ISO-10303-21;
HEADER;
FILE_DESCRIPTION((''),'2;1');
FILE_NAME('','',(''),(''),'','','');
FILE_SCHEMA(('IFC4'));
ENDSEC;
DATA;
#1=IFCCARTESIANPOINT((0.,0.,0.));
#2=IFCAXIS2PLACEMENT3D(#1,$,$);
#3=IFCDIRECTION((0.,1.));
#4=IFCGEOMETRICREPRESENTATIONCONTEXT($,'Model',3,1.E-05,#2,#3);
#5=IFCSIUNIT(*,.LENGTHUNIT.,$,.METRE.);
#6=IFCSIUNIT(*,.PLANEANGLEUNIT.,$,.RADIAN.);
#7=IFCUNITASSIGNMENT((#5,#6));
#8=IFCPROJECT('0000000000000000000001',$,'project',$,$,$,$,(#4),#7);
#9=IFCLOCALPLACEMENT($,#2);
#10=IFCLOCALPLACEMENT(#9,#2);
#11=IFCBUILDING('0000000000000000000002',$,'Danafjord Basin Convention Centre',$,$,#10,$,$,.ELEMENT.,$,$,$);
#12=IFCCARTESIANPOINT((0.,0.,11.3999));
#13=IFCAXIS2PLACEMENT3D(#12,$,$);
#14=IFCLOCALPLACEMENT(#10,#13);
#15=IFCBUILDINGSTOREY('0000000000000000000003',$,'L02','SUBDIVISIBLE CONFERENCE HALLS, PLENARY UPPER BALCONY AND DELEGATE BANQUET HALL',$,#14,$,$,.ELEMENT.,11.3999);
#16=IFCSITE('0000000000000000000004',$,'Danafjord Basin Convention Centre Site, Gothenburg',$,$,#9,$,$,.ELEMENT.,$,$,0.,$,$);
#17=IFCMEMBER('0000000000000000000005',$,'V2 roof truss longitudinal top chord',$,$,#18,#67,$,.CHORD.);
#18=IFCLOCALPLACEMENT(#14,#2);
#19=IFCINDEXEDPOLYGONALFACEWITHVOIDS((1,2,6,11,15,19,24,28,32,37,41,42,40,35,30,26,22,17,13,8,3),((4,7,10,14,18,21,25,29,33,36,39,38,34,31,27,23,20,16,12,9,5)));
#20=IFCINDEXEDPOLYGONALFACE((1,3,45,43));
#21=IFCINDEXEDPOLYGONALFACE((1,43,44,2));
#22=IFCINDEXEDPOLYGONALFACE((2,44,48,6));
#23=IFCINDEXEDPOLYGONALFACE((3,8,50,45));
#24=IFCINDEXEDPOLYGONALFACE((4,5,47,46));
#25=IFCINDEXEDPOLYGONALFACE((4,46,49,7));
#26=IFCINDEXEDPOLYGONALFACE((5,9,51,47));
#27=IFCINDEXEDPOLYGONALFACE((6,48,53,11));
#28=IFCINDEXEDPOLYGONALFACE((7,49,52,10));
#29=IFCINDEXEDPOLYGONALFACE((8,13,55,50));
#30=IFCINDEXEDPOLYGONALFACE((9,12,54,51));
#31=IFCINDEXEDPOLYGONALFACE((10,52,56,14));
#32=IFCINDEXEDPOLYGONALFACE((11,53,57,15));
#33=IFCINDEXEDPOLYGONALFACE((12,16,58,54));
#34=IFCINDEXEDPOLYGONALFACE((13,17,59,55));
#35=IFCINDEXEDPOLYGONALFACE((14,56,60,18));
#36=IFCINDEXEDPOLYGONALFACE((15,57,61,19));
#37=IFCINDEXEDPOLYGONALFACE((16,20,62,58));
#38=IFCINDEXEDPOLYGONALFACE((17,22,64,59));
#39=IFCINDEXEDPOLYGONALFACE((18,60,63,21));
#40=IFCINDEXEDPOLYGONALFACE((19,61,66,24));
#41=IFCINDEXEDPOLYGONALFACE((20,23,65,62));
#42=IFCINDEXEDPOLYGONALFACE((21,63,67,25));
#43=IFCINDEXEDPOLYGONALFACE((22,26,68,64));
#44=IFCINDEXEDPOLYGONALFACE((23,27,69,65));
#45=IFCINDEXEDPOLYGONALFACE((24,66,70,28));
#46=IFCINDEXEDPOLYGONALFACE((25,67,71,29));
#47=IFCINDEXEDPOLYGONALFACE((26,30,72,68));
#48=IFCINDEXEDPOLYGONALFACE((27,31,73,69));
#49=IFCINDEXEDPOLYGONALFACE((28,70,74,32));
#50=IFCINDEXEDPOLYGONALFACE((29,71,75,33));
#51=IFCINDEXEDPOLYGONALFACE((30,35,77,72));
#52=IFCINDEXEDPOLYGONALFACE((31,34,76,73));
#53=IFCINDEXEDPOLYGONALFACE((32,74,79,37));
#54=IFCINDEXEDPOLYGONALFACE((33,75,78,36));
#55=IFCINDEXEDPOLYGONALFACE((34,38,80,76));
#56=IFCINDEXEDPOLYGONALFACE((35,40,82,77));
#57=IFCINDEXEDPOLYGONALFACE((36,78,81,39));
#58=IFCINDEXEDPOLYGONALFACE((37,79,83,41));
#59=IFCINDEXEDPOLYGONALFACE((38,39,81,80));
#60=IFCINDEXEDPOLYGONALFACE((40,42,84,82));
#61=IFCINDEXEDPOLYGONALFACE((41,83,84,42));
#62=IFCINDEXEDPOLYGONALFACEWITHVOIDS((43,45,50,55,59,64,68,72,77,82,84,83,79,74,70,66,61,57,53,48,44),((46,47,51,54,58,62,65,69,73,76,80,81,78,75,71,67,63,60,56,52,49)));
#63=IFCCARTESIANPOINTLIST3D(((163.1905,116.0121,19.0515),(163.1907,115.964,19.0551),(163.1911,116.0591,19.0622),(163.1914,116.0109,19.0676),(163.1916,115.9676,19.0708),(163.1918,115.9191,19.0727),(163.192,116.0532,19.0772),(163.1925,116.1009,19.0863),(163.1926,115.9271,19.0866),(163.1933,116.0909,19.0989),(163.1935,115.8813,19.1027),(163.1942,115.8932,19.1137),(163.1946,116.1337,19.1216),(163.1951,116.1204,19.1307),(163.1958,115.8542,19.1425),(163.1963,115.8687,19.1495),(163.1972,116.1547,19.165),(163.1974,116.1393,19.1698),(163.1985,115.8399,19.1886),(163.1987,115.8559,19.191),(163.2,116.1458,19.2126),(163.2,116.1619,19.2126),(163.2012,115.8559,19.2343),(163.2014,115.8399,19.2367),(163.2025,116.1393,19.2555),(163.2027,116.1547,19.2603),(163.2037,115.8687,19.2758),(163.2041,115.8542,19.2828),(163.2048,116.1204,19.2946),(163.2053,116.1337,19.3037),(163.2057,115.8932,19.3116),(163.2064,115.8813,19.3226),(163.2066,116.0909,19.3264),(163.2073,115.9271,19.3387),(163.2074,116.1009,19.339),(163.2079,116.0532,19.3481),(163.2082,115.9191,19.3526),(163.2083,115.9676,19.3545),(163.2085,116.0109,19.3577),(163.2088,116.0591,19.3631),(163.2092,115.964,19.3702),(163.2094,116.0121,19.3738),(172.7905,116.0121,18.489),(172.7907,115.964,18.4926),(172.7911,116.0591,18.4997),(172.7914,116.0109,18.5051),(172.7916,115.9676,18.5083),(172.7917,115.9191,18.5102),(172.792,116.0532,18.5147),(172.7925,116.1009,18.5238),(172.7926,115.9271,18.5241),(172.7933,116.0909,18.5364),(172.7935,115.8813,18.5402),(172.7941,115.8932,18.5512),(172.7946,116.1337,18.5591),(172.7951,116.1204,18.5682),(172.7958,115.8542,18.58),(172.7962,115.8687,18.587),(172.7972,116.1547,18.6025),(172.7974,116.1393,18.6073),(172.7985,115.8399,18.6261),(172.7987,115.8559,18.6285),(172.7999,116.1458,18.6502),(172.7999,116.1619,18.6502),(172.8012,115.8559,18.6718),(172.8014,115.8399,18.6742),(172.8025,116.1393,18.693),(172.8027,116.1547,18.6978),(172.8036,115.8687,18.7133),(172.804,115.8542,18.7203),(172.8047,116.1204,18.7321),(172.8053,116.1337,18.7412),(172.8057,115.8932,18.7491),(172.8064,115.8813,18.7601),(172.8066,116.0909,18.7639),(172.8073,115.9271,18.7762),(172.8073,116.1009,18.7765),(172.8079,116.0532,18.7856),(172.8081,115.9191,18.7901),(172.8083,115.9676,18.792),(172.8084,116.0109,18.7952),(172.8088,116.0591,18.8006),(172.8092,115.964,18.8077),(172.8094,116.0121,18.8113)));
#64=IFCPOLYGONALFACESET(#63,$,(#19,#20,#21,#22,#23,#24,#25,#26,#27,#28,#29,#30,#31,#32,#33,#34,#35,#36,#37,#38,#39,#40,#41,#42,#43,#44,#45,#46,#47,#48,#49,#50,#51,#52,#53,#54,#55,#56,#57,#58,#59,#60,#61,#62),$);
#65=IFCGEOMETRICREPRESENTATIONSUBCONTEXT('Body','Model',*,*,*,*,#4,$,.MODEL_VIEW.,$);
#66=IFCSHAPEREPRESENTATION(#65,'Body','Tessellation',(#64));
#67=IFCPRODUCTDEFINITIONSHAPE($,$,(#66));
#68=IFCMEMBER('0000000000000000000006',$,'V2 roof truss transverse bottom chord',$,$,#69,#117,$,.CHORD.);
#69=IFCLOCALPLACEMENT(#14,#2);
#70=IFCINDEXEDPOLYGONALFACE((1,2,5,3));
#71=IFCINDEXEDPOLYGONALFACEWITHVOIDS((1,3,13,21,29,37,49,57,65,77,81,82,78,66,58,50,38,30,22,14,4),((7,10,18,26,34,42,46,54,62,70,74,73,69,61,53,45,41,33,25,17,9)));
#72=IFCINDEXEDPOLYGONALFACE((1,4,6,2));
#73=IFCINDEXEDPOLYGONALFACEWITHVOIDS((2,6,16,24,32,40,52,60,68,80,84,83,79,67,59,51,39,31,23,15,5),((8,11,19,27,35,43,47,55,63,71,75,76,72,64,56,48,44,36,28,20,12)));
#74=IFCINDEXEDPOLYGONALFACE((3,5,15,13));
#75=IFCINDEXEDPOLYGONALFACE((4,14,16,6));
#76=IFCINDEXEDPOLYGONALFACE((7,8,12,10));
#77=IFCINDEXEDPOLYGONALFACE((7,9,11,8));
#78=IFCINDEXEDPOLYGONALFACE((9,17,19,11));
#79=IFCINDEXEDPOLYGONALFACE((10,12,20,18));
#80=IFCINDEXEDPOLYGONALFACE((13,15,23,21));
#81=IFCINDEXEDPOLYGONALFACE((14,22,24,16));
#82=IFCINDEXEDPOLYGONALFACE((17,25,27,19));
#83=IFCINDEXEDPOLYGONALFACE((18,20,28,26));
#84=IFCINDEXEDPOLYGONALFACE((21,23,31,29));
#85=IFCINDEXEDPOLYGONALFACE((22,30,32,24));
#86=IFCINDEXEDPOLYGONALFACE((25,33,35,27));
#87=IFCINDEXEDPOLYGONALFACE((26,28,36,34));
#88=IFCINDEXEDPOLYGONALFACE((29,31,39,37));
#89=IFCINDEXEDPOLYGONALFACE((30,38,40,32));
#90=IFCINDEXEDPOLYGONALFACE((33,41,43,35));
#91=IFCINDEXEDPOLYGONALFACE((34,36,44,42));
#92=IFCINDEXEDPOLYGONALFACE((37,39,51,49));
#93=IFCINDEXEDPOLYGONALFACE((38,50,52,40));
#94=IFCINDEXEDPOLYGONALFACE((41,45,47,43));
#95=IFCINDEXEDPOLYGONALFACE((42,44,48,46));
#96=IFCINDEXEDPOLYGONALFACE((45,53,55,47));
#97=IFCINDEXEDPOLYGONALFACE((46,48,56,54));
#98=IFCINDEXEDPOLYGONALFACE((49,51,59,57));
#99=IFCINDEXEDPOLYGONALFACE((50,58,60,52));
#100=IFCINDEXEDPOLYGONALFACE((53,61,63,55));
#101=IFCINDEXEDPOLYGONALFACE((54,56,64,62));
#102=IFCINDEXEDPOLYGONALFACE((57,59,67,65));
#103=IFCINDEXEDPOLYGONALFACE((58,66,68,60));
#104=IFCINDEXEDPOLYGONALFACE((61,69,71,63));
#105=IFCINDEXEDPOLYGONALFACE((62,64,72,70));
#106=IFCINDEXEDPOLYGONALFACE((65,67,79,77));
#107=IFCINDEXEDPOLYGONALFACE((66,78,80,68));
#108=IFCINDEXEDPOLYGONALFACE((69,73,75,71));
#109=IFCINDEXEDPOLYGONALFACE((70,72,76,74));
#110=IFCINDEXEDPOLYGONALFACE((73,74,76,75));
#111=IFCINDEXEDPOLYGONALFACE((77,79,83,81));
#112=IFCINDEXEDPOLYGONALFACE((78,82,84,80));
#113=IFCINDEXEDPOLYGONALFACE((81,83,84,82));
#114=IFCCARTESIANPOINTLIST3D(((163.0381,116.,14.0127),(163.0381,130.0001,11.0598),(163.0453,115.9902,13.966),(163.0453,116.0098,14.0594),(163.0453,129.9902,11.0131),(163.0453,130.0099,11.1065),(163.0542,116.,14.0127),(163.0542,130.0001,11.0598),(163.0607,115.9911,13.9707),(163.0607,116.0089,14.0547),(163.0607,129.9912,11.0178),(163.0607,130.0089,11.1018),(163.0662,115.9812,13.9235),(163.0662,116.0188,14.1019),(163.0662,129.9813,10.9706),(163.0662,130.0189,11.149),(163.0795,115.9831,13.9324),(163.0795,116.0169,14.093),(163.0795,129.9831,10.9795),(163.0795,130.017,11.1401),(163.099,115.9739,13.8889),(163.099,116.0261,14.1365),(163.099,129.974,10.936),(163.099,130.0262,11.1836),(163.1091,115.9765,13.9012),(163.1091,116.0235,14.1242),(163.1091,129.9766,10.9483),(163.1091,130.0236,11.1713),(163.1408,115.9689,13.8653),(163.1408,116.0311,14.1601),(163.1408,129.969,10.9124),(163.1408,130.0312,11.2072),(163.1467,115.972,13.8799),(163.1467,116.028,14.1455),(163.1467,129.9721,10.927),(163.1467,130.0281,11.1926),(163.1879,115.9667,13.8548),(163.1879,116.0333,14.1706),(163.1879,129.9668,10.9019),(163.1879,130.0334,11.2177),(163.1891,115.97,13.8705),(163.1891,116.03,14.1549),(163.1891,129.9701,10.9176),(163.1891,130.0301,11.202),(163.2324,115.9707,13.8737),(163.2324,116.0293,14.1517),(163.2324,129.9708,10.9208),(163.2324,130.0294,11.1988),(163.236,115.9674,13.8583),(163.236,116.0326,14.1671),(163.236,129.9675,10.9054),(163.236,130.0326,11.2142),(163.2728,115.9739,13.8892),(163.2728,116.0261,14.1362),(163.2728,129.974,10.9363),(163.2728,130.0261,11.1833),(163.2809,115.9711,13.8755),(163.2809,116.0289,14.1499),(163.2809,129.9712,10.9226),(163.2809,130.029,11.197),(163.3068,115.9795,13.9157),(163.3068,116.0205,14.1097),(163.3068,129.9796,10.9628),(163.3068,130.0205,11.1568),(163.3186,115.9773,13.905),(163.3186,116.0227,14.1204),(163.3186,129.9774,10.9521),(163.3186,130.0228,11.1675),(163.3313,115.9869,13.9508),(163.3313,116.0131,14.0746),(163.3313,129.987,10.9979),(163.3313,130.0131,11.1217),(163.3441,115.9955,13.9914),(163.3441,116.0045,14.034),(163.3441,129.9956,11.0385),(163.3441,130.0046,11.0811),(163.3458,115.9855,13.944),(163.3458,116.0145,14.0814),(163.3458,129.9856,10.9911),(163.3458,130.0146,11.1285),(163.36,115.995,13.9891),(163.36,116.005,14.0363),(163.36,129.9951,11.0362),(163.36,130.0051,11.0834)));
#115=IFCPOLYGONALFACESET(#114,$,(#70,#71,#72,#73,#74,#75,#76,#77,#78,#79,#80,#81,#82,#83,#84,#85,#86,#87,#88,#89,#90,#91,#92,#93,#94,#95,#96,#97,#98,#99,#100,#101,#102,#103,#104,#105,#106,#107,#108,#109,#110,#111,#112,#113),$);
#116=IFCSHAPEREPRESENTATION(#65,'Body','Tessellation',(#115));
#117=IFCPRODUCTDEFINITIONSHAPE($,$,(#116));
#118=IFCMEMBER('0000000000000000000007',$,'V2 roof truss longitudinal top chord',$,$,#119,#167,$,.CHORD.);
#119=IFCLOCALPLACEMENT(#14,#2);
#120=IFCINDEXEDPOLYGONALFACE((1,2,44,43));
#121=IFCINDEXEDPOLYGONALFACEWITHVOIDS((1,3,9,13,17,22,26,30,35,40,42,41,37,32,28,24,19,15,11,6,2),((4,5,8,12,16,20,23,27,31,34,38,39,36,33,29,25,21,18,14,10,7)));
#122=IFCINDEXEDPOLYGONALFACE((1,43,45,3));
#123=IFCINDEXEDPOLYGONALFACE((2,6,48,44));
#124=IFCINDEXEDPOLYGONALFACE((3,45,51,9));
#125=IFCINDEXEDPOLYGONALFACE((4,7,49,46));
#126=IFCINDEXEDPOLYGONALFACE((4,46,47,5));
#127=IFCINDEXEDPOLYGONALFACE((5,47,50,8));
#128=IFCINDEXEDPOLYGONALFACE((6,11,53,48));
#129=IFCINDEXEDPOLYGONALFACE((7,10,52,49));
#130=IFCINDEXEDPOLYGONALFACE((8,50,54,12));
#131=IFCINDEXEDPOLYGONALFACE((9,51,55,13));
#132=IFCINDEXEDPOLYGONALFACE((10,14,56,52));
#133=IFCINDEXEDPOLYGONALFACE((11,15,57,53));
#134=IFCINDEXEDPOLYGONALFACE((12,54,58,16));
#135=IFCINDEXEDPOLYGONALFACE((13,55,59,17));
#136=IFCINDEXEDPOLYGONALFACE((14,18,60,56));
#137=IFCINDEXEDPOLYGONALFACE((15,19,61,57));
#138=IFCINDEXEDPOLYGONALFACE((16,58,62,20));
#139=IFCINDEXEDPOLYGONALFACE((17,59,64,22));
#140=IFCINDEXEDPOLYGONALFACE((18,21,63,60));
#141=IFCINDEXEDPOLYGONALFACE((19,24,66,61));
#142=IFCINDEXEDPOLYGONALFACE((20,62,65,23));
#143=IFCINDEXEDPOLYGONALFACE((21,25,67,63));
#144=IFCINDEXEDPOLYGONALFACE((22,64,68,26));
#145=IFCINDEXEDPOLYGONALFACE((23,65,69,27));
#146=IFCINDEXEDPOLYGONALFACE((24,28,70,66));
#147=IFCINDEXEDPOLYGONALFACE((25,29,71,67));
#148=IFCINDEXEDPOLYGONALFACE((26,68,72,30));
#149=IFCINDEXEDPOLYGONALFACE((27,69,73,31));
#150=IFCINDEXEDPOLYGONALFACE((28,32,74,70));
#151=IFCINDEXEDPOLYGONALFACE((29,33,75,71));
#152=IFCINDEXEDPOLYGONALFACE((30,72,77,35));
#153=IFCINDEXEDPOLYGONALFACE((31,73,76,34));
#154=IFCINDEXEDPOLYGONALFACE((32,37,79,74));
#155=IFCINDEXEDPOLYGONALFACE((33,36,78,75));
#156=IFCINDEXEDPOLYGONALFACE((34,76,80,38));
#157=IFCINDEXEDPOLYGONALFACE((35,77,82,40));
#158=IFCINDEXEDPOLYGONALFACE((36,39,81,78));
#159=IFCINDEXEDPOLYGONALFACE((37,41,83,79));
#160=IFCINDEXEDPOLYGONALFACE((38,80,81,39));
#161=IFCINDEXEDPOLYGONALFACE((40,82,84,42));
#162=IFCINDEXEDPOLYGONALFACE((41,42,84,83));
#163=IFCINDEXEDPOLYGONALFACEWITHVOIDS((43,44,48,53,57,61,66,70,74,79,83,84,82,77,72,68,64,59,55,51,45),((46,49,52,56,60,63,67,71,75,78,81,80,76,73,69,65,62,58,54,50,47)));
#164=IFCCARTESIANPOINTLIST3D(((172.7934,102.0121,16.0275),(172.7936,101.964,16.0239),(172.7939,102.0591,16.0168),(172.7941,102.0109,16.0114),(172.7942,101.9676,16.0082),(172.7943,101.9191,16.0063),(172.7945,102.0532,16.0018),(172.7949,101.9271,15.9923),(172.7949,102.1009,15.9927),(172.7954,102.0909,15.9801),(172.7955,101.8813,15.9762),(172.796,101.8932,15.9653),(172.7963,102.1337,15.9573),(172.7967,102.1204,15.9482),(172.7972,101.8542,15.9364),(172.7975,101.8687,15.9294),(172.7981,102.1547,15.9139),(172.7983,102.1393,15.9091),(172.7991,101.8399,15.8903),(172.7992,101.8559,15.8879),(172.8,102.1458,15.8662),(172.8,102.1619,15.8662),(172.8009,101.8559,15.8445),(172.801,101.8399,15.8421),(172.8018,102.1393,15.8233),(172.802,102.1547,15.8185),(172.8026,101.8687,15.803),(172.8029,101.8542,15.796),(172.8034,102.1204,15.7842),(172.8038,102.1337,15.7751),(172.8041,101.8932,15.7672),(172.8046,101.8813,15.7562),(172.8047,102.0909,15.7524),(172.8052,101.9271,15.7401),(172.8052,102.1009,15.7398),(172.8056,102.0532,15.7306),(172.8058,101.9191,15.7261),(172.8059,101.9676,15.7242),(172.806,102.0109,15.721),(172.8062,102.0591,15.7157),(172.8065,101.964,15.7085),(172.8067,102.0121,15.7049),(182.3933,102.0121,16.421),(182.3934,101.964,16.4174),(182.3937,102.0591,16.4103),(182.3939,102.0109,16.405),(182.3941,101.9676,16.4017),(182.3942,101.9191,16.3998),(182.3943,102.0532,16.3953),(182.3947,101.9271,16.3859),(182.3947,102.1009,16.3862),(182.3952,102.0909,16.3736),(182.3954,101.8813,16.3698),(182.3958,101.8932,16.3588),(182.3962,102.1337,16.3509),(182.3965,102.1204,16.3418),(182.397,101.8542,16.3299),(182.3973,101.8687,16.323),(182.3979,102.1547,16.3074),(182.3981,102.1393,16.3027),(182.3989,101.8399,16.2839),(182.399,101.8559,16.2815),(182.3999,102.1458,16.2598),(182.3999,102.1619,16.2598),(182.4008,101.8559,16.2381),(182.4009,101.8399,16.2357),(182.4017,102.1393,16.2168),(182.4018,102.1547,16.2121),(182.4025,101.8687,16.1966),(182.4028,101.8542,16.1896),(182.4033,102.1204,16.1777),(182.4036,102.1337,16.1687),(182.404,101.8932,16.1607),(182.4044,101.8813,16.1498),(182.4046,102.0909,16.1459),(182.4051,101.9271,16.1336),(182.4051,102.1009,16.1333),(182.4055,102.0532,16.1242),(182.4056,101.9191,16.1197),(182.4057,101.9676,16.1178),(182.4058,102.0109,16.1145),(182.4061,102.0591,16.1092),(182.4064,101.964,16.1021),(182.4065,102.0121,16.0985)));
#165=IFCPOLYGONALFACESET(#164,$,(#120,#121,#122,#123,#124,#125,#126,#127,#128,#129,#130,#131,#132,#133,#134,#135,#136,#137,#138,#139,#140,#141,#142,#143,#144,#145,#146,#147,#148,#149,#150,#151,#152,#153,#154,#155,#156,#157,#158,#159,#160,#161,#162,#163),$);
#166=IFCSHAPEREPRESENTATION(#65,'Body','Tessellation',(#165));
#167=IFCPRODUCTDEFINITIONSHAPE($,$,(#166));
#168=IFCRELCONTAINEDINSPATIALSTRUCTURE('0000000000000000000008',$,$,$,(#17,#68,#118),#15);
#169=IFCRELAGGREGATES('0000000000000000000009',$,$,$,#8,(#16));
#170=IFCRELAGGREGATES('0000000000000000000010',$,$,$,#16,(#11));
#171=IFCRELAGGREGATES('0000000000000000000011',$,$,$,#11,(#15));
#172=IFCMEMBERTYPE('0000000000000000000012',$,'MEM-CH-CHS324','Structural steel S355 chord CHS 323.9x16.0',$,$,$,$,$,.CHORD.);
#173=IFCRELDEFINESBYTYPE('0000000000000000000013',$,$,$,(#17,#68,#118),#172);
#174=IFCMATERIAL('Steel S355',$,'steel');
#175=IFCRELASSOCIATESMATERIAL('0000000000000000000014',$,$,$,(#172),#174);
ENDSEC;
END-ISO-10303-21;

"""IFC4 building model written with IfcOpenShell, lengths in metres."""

from ifc_helpers import new_model, si_unit, direction, frame, origin, origin_2d, place, context, subcontext, project, spatial, hollow_circle, extrude, material, material_profile, profile_set, type_object, element, save


model = new_model("IFC4")

# Units and contexts
model_context = context("Model", 3, precision=1e-05, world=origin(), true_north=direction((0.0, 1.0)))
body_context = subcontext(model_context, "Body", "Model", "MODEL_VIEW")
ifc_project = project(units=[si_unit("LENGTHUNIT", "METRE"), si_unit("PLANEANGLEUNIT", "RADIAN")], contexts=[model_context])

# Site, building, storey
site_placement = place(None, origin())
site = spatial("IfcSite", under=ifc_project, at=site_placement, Name="Danafjord Basin Convention Centre Site, Gothenburg", CompositionType="ELEMENT", RefElevation=0.0)
building_placement = place(site_placement, origin())
building = spatial("IfcBuilding", under=site, at=building_placement, Name="Danafjord Basin Convention Centre", CompositionType="ELEMENT")
storey_placement = place(building_placement, frame((0.0, 0.0, 11.3999)))
storey = spatial("IfcBuildingStorey", under=building, at=storey_placement, Name="L02", Description="SUBDIVISIBLE CONFERENCE HALLS, PLENARY UPPER BALCONY AND DELEGATE BANQUET HALL", CompositionType="ELEMENT", Elevation=11.3999)

# Members
ifc_material = material(Name="Steel S355", Category="steel")
ifc_material_profile_1 = material_profile(ifc_material, hollow_circle(Radius=0.1619, WallThickness=0.0161, at=origin_2d()), Name="CHS 323.9x16.0")
ifc_profile_set_1 = profile_set([ifc_material_profile_1], Name="Steel S355")
member_type_1 = type_object("IfcMemberType", Name="MEM-CH-CHS324", Description="Structural steel S355 chord CHS 323.9x16.0", PredefinedType="CHORD", material=ifc_profile_set_1)
member_1_placement = place(storey_placement, frame((163.2, 116.0, 19.2126), z_axis=(0.998288, 0.0, -0.058493), x_axis=(0.0, 1.0, 0.0)))
element("IfcMember", 1, at=member_1_placement, inside=storey, type_object=member_type_1, Name="V2 roof truss longitudinal top chord", PredefinedType="CHORD", context=body_context, shape_type="SweptSolid", body=[
    extrude(hollow_circle(Radius=0.1619, WallThickness=0.0161, at=origin_2d()), origin(), (0.0, 0.0, 1.0), 9.6165),
])
member_2_placement = place(storey_placement, frame((163.2, 116.0, 14.0127), z_axis=(0.0, 0.978472, -0.206379), x_axis=(-1.0, 0.0, 0.0)))
element("IfcMember", 2, at=member_2_placement, inside=storey, type_object=member_type_1, Name="V2 roof truss transverse bottom chord", PredefinedType="CHORD", context=body_context, shape_type="SweptSolid", body=[
    extrude(hollow_circle(Radius=0.1619, WallThickness=0.0161, at=origin_2d()), origin(), (0.0, 0.0, 1.0), 14.3081),
])
member_3_placement = place(storey_placement, frame((172.8, 102.0, 15.8662), z_axis=(0.999161, 0.0, 0.040961), x_axis=(0.0, 1.0, 0.0)))
element("IfcMember", 3, at=member_3_placement, inside=storey, type_object=member_type_1, Name="V2 roof truss longitudinal top chord", PredefinedType="CHORD", context=body_context, shape_type="SweptSolid", body=[
    extrude(hollow_circle(Radius=0.1619, WallThickness=0.0161, at=origin_2d()), origin(), (0.0, 0.0, 1.0), 9.6079),
])

save(model, "model.ifc")
